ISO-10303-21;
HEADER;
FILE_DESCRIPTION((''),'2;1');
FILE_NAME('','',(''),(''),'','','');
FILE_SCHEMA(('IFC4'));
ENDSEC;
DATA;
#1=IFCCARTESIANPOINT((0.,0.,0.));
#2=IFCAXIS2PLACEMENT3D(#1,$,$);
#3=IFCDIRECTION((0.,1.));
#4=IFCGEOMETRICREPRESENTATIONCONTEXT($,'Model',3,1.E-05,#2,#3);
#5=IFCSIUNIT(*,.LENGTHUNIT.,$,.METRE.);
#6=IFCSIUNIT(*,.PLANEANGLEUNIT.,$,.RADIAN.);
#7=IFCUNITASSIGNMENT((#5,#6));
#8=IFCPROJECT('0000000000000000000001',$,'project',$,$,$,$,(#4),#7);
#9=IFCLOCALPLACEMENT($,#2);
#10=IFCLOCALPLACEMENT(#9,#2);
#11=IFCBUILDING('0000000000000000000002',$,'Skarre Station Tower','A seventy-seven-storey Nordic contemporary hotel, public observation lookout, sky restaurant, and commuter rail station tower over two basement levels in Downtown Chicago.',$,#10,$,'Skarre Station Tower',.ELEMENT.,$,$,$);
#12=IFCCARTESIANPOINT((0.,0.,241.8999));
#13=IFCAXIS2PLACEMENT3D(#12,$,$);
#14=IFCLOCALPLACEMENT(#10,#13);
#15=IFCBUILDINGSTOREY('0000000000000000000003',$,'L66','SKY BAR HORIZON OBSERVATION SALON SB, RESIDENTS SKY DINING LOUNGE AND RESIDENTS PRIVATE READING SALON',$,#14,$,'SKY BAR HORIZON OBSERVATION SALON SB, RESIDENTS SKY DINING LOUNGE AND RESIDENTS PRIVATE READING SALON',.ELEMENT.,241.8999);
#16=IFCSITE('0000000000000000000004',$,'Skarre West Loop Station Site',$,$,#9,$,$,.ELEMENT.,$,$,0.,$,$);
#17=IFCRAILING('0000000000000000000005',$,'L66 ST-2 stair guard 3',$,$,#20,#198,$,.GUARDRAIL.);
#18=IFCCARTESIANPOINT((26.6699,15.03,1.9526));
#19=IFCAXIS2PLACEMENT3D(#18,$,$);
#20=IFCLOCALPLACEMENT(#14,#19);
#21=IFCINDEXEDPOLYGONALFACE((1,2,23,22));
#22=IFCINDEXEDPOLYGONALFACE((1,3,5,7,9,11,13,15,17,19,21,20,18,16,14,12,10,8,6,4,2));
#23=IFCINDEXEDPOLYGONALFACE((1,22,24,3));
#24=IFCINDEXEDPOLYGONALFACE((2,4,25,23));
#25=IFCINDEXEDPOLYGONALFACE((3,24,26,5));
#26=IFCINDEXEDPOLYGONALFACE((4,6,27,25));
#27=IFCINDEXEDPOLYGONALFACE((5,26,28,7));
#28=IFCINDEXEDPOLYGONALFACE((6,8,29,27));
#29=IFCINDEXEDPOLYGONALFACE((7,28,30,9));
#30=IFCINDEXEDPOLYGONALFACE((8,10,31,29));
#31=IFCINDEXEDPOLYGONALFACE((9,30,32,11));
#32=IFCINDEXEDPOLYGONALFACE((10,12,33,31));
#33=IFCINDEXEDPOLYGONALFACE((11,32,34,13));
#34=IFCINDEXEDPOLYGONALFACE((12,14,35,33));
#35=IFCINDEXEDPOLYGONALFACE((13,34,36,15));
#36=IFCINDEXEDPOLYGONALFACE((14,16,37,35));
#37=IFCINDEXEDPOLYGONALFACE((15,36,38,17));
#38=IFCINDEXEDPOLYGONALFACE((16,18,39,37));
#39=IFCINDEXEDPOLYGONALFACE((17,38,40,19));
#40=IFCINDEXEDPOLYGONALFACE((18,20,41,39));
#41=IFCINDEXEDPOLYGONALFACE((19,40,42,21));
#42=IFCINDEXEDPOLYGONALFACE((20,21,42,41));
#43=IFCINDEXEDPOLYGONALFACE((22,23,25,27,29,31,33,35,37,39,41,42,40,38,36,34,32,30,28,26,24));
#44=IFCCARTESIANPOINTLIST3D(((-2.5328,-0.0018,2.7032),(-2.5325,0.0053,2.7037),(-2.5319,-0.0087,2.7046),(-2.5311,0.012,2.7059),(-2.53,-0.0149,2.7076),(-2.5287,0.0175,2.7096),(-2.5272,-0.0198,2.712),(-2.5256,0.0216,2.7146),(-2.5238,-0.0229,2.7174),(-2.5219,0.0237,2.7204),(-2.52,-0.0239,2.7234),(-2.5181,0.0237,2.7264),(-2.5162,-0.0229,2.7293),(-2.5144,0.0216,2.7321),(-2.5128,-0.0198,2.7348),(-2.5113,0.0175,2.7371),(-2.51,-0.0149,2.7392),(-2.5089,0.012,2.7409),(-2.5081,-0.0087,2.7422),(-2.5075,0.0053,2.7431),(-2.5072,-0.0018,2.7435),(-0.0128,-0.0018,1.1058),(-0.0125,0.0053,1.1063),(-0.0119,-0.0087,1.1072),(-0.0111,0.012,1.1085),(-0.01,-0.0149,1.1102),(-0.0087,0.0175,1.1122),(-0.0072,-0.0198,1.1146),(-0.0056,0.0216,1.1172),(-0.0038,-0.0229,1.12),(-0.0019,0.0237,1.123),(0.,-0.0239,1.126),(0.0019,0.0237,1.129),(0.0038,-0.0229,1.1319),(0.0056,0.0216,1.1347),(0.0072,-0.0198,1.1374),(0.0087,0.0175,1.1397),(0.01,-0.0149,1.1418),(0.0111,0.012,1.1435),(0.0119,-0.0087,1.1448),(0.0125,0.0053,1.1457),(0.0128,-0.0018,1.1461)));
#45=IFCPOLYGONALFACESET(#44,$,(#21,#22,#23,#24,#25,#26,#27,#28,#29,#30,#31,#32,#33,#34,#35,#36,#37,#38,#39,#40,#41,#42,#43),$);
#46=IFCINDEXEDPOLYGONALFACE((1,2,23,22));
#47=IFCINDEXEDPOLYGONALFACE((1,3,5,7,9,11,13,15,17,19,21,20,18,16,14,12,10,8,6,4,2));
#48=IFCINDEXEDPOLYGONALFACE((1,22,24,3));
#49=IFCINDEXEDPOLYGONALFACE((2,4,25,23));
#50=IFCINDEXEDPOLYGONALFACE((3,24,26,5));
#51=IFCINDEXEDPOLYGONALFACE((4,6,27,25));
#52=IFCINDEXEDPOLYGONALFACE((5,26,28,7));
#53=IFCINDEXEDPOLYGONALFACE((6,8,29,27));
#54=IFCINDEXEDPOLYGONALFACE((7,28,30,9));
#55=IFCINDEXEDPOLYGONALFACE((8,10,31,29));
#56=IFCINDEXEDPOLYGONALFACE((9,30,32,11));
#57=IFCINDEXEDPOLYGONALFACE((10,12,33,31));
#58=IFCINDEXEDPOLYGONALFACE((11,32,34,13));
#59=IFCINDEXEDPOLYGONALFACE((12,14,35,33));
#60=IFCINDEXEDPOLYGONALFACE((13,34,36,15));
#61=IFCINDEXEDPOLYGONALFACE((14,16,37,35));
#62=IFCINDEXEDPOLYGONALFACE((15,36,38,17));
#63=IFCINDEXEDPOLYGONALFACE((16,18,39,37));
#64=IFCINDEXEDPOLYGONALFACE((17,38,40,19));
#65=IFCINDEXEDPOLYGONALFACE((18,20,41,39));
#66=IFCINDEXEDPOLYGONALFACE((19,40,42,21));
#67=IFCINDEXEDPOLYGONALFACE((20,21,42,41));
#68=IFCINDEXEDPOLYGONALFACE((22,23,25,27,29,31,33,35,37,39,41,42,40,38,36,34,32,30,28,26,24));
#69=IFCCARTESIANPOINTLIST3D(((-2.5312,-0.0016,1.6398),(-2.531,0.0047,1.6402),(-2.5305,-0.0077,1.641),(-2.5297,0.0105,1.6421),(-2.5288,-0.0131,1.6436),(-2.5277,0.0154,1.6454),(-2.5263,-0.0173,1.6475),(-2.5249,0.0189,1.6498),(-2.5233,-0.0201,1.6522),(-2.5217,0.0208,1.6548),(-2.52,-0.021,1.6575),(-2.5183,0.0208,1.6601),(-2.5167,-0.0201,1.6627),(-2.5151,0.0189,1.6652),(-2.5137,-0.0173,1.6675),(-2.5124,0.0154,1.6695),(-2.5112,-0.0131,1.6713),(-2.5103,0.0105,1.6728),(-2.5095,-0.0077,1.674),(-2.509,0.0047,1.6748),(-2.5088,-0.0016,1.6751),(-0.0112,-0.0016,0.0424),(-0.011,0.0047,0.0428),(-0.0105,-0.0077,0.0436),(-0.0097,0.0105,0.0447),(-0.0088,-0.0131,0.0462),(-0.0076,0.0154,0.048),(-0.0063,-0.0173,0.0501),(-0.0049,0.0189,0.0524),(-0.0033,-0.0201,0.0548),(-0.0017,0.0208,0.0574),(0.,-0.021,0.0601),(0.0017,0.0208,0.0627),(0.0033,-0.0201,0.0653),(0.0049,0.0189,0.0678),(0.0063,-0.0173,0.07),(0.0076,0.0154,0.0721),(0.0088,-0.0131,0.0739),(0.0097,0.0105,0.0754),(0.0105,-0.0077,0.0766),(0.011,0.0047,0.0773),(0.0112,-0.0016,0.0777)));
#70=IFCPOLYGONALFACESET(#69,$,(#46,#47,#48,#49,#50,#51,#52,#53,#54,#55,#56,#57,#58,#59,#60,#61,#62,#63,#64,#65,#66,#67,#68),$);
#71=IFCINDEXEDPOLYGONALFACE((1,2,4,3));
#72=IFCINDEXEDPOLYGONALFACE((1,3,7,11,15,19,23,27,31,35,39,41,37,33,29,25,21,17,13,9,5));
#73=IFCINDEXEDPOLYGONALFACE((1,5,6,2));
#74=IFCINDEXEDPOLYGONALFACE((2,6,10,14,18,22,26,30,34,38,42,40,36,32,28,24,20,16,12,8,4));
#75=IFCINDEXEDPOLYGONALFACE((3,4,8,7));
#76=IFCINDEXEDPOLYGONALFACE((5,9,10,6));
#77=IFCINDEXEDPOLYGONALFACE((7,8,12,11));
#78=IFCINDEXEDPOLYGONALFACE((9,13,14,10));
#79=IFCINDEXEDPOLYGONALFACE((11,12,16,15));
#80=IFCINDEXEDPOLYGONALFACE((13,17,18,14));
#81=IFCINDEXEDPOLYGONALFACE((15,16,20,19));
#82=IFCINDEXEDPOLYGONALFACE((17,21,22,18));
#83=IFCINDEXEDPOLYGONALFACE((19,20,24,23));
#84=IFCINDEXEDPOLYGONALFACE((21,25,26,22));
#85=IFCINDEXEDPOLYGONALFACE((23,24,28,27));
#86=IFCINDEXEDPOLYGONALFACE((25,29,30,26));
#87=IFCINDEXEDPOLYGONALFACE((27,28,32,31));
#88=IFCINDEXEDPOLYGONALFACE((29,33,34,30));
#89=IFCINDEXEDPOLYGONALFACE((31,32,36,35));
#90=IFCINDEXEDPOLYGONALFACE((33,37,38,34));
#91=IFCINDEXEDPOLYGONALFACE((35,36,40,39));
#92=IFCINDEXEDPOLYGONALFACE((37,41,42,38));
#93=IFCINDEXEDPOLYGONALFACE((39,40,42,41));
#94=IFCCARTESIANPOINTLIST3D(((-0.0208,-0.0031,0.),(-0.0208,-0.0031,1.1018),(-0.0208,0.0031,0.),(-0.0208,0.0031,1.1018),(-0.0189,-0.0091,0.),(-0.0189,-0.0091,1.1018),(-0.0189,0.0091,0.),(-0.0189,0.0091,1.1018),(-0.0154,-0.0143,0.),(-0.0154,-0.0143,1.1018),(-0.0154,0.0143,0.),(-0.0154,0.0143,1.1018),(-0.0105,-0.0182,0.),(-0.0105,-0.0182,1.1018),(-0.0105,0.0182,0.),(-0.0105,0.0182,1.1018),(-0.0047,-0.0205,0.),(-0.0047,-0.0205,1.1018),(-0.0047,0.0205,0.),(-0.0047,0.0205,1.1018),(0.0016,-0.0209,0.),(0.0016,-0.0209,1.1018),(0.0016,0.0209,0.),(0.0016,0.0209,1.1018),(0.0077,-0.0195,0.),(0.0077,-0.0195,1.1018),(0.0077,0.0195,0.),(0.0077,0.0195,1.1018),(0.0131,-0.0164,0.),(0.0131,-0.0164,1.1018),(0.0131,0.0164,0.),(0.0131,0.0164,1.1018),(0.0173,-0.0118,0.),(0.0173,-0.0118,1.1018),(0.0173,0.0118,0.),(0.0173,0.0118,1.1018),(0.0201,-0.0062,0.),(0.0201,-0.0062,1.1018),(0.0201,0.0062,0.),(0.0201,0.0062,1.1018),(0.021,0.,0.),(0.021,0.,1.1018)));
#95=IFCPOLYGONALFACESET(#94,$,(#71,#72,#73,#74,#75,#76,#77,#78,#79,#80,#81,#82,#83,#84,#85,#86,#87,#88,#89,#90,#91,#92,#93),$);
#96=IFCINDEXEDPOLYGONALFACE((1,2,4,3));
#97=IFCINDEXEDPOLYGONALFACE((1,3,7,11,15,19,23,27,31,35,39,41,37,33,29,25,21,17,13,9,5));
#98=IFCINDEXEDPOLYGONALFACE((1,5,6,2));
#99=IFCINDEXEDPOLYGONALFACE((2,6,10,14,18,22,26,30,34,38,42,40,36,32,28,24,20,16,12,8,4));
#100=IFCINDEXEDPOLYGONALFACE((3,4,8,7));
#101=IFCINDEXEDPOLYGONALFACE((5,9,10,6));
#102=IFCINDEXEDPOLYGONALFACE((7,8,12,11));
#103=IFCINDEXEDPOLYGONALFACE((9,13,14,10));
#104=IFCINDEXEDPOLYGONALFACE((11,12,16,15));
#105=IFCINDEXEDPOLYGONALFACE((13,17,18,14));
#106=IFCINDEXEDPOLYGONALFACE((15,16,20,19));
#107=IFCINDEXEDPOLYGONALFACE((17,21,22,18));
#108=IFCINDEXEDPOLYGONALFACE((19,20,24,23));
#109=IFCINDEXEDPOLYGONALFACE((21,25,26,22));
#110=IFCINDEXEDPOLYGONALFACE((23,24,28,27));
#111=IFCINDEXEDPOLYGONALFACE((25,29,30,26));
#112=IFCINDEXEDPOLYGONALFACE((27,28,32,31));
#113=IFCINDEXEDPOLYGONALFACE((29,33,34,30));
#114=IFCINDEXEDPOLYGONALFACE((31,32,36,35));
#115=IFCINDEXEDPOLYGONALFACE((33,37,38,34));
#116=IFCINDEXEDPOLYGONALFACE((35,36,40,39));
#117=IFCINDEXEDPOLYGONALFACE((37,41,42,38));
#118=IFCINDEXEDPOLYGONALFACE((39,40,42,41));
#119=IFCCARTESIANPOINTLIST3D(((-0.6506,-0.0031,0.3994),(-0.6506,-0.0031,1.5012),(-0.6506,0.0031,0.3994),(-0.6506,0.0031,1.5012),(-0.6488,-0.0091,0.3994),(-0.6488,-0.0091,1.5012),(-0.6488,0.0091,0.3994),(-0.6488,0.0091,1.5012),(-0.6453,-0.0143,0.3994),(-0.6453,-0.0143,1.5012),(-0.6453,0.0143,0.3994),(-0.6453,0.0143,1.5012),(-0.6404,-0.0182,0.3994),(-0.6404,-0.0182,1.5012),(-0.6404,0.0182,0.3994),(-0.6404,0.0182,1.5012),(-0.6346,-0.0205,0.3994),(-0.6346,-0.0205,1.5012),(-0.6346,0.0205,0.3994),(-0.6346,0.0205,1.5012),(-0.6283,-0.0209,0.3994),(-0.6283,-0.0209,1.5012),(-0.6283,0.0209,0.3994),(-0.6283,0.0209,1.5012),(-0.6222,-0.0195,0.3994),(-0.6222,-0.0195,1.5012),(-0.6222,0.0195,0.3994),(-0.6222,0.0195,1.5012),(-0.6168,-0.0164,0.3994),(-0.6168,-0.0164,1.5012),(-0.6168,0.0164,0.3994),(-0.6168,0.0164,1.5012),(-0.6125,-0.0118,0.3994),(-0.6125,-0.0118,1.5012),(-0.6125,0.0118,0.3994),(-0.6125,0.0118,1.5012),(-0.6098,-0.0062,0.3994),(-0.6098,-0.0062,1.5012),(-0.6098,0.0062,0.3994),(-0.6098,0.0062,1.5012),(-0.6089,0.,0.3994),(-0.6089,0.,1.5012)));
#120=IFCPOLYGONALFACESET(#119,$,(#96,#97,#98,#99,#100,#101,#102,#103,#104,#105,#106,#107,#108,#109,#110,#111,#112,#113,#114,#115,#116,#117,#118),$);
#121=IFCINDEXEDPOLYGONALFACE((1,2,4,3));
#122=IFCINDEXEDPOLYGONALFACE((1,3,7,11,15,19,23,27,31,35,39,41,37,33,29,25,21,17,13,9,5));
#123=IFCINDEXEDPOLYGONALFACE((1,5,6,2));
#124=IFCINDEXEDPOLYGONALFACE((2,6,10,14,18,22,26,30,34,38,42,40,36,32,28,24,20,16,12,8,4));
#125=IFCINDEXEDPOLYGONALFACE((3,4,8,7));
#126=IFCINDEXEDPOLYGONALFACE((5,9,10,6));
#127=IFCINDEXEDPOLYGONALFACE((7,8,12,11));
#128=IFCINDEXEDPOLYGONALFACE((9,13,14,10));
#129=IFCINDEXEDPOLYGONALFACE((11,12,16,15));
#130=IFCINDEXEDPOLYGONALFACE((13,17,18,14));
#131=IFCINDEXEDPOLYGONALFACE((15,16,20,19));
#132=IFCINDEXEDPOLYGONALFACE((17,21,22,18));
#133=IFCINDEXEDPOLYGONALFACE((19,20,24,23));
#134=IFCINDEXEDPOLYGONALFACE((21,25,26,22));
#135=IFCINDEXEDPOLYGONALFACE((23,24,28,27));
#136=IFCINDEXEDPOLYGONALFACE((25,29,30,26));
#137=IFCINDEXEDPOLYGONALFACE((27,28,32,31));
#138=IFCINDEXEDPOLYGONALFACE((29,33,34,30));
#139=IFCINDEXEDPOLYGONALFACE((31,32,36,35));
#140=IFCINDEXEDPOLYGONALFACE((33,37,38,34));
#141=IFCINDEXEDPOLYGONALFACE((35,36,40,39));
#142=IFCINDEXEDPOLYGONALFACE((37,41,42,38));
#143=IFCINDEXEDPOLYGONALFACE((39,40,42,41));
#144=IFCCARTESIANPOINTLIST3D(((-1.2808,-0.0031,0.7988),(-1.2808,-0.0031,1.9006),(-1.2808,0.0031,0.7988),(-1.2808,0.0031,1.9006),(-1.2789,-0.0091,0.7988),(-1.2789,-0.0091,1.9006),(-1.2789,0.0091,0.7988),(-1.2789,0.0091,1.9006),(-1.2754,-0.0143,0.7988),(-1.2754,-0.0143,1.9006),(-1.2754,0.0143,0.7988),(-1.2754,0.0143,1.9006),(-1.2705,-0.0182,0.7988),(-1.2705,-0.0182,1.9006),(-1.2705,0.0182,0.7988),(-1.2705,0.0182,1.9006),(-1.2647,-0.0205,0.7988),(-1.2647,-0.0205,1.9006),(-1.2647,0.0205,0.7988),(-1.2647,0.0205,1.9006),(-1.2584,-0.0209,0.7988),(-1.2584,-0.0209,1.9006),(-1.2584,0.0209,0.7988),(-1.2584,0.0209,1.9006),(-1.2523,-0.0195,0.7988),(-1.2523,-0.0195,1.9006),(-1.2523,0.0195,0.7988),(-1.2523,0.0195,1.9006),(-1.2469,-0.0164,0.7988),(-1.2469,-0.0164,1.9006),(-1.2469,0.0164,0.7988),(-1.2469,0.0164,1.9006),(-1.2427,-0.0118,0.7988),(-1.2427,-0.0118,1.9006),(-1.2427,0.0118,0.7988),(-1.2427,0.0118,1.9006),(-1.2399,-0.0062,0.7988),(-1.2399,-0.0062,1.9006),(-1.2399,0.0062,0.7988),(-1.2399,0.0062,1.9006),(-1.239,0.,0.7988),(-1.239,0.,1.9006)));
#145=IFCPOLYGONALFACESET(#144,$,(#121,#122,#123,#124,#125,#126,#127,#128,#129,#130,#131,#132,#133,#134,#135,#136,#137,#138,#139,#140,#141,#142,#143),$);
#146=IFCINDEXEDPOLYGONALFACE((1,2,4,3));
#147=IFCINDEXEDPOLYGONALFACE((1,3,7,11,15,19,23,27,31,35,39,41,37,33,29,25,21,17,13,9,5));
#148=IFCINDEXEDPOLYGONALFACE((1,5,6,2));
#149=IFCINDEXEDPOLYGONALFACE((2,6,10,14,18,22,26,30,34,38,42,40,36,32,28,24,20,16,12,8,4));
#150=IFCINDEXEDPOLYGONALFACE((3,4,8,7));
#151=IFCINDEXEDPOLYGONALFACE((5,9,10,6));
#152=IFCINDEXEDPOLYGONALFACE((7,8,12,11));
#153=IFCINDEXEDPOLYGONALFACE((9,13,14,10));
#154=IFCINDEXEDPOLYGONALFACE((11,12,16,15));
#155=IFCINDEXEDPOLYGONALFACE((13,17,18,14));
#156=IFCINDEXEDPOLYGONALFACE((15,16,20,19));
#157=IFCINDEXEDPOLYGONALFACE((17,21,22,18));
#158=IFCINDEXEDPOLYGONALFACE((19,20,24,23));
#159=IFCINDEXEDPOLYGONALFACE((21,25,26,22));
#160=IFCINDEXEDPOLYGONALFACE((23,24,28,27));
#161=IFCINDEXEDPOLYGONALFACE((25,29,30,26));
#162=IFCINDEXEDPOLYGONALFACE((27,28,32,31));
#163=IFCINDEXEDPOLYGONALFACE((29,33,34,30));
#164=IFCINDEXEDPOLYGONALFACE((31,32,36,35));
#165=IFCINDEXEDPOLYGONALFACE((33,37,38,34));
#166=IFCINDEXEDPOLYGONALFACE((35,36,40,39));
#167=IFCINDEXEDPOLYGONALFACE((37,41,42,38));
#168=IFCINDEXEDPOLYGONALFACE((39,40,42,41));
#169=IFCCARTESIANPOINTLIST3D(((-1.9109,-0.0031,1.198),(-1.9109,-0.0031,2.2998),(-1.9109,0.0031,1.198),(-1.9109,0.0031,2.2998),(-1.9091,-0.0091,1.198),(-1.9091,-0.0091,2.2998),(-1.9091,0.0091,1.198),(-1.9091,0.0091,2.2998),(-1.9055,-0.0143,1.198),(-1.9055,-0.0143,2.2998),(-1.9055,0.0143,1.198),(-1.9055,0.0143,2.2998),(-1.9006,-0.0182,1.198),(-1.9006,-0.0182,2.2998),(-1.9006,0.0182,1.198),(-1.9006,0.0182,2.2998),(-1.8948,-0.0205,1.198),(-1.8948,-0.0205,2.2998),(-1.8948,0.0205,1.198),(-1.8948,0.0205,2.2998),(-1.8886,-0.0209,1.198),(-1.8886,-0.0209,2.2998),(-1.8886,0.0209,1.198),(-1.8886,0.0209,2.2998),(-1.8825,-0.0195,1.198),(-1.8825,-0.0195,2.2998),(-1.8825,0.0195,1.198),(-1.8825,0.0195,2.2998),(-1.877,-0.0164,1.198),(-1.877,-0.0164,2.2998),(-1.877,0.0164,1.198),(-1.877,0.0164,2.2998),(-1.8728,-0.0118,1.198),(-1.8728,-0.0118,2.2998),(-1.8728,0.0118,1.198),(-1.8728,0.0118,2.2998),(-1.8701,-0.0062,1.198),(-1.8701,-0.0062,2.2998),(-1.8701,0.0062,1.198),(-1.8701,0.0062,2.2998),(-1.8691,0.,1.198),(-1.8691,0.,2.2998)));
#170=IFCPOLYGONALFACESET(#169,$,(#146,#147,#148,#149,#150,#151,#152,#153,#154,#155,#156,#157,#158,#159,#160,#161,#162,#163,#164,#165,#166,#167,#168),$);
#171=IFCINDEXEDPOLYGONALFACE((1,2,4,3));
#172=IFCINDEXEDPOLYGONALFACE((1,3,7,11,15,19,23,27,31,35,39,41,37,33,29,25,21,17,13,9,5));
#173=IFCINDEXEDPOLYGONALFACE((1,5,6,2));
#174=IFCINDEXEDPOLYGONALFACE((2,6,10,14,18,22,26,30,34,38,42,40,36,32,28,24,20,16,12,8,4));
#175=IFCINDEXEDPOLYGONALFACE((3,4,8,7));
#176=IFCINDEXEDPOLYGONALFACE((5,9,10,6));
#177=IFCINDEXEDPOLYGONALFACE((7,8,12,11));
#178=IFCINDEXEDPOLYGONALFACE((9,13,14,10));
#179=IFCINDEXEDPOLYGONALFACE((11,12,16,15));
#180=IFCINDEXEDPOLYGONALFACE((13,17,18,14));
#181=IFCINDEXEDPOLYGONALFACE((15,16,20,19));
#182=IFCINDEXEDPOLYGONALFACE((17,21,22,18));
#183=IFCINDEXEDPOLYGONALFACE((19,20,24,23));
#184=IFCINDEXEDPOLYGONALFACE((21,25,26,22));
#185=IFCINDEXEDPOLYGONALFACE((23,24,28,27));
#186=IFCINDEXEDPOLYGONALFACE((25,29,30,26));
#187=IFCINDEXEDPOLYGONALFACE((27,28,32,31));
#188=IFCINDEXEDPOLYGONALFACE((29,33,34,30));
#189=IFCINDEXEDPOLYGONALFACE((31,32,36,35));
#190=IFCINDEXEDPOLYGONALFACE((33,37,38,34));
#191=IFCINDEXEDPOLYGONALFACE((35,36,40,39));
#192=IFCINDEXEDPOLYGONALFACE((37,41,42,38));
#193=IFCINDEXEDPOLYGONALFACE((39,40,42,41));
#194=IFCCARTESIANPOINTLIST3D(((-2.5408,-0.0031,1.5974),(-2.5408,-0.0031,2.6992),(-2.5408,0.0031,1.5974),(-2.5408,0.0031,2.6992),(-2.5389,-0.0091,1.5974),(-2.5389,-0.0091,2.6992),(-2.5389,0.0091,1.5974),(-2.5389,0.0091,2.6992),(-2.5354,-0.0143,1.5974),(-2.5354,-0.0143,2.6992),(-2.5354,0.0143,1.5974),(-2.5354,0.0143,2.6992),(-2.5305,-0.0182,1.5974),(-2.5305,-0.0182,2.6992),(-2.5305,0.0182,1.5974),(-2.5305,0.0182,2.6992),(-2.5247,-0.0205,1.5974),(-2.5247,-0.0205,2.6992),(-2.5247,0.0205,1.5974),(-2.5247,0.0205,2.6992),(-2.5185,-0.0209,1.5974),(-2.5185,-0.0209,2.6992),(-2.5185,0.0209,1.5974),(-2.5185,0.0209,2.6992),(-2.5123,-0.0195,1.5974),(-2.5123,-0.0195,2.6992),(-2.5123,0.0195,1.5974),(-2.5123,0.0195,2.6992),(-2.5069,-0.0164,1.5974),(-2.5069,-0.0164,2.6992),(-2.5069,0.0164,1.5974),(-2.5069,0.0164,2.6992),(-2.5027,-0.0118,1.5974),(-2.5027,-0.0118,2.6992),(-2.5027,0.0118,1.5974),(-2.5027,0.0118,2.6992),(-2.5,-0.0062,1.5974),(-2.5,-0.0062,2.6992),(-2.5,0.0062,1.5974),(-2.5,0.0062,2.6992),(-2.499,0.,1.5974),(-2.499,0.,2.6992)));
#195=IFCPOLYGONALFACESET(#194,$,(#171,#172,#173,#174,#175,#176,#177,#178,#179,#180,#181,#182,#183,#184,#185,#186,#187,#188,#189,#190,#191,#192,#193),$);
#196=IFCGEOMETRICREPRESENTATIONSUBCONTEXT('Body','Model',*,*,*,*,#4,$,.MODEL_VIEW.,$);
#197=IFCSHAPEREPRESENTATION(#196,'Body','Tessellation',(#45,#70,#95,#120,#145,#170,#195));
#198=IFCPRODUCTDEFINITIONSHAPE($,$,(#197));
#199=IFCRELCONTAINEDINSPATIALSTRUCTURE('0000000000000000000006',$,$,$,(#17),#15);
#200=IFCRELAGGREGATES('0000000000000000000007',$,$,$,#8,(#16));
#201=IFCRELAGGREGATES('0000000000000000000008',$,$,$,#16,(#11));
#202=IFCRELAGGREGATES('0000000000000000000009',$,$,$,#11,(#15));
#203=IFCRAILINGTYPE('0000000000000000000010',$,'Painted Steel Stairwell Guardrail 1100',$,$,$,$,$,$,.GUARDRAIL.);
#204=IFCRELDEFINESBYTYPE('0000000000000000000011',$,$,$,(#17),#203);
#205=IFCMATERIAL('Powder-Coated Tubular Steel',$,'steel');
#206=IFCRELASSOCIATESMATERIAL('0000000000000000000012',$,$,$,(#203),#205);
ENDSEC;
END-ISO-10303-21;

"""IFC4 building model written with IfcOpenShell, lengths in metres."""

from ifc_helpers import new_model, si_unit, direction, frame, origin, origin_2d, place, context, subcontext, project, spatial, circle, extrude, material, type_object, element, save


model = new_model("IFC4")

# Units and contexts
model_context = context("Model", 3, precision=1e-05, world=origin(), true_north=direction((0.0, 1.0)))
body_context = subcontext(model_context, "Body", "Model", "MODEL_VIEW")
ifc_project = project(units=[si_unit("LENGTHUNIT", "METRE"), si_unit("PLANEANGLEUNIT", "RADIAN")], contexts=[model_context])

# Site, building, storey
site_placement = place(None, origin())
site = spatial("IfcSite", under=ifc_project, at=site_placement, Name="Skarre West Loop Station Site", CompositionType="ELEMENT", RefElevation=0.0)
building_placement = place(site_placement, origin())
building = spatial("IfcBuilding", under=site, at=building_placement, Name="Skarre Station Tower", Description="A seventy-seven-storey Nordic contemporary hotel, public observation lookout, sky restaurant, and commuter rail station tower over two basement levels in Downtown Chicago.", LongName="Skarre Station Tower", CompositionType="ELEMENT")
storey_placement = place(building_placement, frame((0.0, 0.0, 241.8999)))
storey = spatial("IfcBuildingStorey", under=building, at=storey_placement, Name="L66", Description="SKY BAR HORIZON OBSERVATION SALON SB, RESIDENTS SKY DINING LOUNGE AND RESIDENTS PRIVATE READING SALON", LongName="SKY BAR HORIZON OBSERVATION SALON SB, RESIDENTS SKY DINING LOUNGE AND RESIDENTS PRIVATE READING SALON", CompositionType="ELEMENT", Elevation=241.8999)

# Railing
ifc_material_1 = material(Name="Powder-Coated Tubular Steel", Category="steel")
railing_type_1 = type_object("IfcRailingType", Name="Painted Steel Stairwell Guardrail 1100", PredefinedType="GUARDRAIL", material=ifc_material_1)
railing_1_placement = place(storey_placement, frame((26.6699, 15.03, 1.9526)))
element("IfcRailing", 1, at=railing_1_placement, inside=storey, type_object=railing_type_1, Name="L66 ST-2 stair guard 3", PredefinedType="GUARDRAIL", context=body_context, shape_type="SweptSolid", body=[
    extrude(circle(Radius=0.0239, at=origin_2d()), frame((0.0, 0.0, 1.126), z_axis=(-0.844607, 0.0, 0.535387), x_axis=(0.0, -1.0, 0.0)), (0.0, 0.0, 1.0), 2.9836),
    extrude(circle(Radius=0.021, at=origin_2d()), frame((0.0, 0.0, 0.0601), z_axis=(-0.844607, 0.0, 0.535387), x_axis=(0.0, -1.0, 0.0)), (0.0, 0.0, 1.0), 2.9836),
    extrude(circle(Radius=0.021, at=origin_2d()), origin(), (0.0, 0.0, 1.0), 1.1018),
    extrude(circle(Radius=0.021, at=origin_2d()), frame((-0.6299, 0.0, 0.3994)), (0.0, 0.0, 1.0), 1.1018),
    extrude(circle(Radius=0.021, at=origin_2d()), frame((-1.26, 0.0, 0.7988)), (0.0, 0.0, 1.0), 1.1018),
    extrude(circle(Radius=0.021, at=origin_2d()), frame((-1.8901, 0.0, 1.198)), (0.0, 0.0, 1.0), 1.1018),
    extrude(circle(Radius=0.021, at=origin_2d()), frame((-2.52, 0.0, 1.5974)), (0.0, 0.0, 1.0), 1.1018),
])

save(model, "model.ifc")
